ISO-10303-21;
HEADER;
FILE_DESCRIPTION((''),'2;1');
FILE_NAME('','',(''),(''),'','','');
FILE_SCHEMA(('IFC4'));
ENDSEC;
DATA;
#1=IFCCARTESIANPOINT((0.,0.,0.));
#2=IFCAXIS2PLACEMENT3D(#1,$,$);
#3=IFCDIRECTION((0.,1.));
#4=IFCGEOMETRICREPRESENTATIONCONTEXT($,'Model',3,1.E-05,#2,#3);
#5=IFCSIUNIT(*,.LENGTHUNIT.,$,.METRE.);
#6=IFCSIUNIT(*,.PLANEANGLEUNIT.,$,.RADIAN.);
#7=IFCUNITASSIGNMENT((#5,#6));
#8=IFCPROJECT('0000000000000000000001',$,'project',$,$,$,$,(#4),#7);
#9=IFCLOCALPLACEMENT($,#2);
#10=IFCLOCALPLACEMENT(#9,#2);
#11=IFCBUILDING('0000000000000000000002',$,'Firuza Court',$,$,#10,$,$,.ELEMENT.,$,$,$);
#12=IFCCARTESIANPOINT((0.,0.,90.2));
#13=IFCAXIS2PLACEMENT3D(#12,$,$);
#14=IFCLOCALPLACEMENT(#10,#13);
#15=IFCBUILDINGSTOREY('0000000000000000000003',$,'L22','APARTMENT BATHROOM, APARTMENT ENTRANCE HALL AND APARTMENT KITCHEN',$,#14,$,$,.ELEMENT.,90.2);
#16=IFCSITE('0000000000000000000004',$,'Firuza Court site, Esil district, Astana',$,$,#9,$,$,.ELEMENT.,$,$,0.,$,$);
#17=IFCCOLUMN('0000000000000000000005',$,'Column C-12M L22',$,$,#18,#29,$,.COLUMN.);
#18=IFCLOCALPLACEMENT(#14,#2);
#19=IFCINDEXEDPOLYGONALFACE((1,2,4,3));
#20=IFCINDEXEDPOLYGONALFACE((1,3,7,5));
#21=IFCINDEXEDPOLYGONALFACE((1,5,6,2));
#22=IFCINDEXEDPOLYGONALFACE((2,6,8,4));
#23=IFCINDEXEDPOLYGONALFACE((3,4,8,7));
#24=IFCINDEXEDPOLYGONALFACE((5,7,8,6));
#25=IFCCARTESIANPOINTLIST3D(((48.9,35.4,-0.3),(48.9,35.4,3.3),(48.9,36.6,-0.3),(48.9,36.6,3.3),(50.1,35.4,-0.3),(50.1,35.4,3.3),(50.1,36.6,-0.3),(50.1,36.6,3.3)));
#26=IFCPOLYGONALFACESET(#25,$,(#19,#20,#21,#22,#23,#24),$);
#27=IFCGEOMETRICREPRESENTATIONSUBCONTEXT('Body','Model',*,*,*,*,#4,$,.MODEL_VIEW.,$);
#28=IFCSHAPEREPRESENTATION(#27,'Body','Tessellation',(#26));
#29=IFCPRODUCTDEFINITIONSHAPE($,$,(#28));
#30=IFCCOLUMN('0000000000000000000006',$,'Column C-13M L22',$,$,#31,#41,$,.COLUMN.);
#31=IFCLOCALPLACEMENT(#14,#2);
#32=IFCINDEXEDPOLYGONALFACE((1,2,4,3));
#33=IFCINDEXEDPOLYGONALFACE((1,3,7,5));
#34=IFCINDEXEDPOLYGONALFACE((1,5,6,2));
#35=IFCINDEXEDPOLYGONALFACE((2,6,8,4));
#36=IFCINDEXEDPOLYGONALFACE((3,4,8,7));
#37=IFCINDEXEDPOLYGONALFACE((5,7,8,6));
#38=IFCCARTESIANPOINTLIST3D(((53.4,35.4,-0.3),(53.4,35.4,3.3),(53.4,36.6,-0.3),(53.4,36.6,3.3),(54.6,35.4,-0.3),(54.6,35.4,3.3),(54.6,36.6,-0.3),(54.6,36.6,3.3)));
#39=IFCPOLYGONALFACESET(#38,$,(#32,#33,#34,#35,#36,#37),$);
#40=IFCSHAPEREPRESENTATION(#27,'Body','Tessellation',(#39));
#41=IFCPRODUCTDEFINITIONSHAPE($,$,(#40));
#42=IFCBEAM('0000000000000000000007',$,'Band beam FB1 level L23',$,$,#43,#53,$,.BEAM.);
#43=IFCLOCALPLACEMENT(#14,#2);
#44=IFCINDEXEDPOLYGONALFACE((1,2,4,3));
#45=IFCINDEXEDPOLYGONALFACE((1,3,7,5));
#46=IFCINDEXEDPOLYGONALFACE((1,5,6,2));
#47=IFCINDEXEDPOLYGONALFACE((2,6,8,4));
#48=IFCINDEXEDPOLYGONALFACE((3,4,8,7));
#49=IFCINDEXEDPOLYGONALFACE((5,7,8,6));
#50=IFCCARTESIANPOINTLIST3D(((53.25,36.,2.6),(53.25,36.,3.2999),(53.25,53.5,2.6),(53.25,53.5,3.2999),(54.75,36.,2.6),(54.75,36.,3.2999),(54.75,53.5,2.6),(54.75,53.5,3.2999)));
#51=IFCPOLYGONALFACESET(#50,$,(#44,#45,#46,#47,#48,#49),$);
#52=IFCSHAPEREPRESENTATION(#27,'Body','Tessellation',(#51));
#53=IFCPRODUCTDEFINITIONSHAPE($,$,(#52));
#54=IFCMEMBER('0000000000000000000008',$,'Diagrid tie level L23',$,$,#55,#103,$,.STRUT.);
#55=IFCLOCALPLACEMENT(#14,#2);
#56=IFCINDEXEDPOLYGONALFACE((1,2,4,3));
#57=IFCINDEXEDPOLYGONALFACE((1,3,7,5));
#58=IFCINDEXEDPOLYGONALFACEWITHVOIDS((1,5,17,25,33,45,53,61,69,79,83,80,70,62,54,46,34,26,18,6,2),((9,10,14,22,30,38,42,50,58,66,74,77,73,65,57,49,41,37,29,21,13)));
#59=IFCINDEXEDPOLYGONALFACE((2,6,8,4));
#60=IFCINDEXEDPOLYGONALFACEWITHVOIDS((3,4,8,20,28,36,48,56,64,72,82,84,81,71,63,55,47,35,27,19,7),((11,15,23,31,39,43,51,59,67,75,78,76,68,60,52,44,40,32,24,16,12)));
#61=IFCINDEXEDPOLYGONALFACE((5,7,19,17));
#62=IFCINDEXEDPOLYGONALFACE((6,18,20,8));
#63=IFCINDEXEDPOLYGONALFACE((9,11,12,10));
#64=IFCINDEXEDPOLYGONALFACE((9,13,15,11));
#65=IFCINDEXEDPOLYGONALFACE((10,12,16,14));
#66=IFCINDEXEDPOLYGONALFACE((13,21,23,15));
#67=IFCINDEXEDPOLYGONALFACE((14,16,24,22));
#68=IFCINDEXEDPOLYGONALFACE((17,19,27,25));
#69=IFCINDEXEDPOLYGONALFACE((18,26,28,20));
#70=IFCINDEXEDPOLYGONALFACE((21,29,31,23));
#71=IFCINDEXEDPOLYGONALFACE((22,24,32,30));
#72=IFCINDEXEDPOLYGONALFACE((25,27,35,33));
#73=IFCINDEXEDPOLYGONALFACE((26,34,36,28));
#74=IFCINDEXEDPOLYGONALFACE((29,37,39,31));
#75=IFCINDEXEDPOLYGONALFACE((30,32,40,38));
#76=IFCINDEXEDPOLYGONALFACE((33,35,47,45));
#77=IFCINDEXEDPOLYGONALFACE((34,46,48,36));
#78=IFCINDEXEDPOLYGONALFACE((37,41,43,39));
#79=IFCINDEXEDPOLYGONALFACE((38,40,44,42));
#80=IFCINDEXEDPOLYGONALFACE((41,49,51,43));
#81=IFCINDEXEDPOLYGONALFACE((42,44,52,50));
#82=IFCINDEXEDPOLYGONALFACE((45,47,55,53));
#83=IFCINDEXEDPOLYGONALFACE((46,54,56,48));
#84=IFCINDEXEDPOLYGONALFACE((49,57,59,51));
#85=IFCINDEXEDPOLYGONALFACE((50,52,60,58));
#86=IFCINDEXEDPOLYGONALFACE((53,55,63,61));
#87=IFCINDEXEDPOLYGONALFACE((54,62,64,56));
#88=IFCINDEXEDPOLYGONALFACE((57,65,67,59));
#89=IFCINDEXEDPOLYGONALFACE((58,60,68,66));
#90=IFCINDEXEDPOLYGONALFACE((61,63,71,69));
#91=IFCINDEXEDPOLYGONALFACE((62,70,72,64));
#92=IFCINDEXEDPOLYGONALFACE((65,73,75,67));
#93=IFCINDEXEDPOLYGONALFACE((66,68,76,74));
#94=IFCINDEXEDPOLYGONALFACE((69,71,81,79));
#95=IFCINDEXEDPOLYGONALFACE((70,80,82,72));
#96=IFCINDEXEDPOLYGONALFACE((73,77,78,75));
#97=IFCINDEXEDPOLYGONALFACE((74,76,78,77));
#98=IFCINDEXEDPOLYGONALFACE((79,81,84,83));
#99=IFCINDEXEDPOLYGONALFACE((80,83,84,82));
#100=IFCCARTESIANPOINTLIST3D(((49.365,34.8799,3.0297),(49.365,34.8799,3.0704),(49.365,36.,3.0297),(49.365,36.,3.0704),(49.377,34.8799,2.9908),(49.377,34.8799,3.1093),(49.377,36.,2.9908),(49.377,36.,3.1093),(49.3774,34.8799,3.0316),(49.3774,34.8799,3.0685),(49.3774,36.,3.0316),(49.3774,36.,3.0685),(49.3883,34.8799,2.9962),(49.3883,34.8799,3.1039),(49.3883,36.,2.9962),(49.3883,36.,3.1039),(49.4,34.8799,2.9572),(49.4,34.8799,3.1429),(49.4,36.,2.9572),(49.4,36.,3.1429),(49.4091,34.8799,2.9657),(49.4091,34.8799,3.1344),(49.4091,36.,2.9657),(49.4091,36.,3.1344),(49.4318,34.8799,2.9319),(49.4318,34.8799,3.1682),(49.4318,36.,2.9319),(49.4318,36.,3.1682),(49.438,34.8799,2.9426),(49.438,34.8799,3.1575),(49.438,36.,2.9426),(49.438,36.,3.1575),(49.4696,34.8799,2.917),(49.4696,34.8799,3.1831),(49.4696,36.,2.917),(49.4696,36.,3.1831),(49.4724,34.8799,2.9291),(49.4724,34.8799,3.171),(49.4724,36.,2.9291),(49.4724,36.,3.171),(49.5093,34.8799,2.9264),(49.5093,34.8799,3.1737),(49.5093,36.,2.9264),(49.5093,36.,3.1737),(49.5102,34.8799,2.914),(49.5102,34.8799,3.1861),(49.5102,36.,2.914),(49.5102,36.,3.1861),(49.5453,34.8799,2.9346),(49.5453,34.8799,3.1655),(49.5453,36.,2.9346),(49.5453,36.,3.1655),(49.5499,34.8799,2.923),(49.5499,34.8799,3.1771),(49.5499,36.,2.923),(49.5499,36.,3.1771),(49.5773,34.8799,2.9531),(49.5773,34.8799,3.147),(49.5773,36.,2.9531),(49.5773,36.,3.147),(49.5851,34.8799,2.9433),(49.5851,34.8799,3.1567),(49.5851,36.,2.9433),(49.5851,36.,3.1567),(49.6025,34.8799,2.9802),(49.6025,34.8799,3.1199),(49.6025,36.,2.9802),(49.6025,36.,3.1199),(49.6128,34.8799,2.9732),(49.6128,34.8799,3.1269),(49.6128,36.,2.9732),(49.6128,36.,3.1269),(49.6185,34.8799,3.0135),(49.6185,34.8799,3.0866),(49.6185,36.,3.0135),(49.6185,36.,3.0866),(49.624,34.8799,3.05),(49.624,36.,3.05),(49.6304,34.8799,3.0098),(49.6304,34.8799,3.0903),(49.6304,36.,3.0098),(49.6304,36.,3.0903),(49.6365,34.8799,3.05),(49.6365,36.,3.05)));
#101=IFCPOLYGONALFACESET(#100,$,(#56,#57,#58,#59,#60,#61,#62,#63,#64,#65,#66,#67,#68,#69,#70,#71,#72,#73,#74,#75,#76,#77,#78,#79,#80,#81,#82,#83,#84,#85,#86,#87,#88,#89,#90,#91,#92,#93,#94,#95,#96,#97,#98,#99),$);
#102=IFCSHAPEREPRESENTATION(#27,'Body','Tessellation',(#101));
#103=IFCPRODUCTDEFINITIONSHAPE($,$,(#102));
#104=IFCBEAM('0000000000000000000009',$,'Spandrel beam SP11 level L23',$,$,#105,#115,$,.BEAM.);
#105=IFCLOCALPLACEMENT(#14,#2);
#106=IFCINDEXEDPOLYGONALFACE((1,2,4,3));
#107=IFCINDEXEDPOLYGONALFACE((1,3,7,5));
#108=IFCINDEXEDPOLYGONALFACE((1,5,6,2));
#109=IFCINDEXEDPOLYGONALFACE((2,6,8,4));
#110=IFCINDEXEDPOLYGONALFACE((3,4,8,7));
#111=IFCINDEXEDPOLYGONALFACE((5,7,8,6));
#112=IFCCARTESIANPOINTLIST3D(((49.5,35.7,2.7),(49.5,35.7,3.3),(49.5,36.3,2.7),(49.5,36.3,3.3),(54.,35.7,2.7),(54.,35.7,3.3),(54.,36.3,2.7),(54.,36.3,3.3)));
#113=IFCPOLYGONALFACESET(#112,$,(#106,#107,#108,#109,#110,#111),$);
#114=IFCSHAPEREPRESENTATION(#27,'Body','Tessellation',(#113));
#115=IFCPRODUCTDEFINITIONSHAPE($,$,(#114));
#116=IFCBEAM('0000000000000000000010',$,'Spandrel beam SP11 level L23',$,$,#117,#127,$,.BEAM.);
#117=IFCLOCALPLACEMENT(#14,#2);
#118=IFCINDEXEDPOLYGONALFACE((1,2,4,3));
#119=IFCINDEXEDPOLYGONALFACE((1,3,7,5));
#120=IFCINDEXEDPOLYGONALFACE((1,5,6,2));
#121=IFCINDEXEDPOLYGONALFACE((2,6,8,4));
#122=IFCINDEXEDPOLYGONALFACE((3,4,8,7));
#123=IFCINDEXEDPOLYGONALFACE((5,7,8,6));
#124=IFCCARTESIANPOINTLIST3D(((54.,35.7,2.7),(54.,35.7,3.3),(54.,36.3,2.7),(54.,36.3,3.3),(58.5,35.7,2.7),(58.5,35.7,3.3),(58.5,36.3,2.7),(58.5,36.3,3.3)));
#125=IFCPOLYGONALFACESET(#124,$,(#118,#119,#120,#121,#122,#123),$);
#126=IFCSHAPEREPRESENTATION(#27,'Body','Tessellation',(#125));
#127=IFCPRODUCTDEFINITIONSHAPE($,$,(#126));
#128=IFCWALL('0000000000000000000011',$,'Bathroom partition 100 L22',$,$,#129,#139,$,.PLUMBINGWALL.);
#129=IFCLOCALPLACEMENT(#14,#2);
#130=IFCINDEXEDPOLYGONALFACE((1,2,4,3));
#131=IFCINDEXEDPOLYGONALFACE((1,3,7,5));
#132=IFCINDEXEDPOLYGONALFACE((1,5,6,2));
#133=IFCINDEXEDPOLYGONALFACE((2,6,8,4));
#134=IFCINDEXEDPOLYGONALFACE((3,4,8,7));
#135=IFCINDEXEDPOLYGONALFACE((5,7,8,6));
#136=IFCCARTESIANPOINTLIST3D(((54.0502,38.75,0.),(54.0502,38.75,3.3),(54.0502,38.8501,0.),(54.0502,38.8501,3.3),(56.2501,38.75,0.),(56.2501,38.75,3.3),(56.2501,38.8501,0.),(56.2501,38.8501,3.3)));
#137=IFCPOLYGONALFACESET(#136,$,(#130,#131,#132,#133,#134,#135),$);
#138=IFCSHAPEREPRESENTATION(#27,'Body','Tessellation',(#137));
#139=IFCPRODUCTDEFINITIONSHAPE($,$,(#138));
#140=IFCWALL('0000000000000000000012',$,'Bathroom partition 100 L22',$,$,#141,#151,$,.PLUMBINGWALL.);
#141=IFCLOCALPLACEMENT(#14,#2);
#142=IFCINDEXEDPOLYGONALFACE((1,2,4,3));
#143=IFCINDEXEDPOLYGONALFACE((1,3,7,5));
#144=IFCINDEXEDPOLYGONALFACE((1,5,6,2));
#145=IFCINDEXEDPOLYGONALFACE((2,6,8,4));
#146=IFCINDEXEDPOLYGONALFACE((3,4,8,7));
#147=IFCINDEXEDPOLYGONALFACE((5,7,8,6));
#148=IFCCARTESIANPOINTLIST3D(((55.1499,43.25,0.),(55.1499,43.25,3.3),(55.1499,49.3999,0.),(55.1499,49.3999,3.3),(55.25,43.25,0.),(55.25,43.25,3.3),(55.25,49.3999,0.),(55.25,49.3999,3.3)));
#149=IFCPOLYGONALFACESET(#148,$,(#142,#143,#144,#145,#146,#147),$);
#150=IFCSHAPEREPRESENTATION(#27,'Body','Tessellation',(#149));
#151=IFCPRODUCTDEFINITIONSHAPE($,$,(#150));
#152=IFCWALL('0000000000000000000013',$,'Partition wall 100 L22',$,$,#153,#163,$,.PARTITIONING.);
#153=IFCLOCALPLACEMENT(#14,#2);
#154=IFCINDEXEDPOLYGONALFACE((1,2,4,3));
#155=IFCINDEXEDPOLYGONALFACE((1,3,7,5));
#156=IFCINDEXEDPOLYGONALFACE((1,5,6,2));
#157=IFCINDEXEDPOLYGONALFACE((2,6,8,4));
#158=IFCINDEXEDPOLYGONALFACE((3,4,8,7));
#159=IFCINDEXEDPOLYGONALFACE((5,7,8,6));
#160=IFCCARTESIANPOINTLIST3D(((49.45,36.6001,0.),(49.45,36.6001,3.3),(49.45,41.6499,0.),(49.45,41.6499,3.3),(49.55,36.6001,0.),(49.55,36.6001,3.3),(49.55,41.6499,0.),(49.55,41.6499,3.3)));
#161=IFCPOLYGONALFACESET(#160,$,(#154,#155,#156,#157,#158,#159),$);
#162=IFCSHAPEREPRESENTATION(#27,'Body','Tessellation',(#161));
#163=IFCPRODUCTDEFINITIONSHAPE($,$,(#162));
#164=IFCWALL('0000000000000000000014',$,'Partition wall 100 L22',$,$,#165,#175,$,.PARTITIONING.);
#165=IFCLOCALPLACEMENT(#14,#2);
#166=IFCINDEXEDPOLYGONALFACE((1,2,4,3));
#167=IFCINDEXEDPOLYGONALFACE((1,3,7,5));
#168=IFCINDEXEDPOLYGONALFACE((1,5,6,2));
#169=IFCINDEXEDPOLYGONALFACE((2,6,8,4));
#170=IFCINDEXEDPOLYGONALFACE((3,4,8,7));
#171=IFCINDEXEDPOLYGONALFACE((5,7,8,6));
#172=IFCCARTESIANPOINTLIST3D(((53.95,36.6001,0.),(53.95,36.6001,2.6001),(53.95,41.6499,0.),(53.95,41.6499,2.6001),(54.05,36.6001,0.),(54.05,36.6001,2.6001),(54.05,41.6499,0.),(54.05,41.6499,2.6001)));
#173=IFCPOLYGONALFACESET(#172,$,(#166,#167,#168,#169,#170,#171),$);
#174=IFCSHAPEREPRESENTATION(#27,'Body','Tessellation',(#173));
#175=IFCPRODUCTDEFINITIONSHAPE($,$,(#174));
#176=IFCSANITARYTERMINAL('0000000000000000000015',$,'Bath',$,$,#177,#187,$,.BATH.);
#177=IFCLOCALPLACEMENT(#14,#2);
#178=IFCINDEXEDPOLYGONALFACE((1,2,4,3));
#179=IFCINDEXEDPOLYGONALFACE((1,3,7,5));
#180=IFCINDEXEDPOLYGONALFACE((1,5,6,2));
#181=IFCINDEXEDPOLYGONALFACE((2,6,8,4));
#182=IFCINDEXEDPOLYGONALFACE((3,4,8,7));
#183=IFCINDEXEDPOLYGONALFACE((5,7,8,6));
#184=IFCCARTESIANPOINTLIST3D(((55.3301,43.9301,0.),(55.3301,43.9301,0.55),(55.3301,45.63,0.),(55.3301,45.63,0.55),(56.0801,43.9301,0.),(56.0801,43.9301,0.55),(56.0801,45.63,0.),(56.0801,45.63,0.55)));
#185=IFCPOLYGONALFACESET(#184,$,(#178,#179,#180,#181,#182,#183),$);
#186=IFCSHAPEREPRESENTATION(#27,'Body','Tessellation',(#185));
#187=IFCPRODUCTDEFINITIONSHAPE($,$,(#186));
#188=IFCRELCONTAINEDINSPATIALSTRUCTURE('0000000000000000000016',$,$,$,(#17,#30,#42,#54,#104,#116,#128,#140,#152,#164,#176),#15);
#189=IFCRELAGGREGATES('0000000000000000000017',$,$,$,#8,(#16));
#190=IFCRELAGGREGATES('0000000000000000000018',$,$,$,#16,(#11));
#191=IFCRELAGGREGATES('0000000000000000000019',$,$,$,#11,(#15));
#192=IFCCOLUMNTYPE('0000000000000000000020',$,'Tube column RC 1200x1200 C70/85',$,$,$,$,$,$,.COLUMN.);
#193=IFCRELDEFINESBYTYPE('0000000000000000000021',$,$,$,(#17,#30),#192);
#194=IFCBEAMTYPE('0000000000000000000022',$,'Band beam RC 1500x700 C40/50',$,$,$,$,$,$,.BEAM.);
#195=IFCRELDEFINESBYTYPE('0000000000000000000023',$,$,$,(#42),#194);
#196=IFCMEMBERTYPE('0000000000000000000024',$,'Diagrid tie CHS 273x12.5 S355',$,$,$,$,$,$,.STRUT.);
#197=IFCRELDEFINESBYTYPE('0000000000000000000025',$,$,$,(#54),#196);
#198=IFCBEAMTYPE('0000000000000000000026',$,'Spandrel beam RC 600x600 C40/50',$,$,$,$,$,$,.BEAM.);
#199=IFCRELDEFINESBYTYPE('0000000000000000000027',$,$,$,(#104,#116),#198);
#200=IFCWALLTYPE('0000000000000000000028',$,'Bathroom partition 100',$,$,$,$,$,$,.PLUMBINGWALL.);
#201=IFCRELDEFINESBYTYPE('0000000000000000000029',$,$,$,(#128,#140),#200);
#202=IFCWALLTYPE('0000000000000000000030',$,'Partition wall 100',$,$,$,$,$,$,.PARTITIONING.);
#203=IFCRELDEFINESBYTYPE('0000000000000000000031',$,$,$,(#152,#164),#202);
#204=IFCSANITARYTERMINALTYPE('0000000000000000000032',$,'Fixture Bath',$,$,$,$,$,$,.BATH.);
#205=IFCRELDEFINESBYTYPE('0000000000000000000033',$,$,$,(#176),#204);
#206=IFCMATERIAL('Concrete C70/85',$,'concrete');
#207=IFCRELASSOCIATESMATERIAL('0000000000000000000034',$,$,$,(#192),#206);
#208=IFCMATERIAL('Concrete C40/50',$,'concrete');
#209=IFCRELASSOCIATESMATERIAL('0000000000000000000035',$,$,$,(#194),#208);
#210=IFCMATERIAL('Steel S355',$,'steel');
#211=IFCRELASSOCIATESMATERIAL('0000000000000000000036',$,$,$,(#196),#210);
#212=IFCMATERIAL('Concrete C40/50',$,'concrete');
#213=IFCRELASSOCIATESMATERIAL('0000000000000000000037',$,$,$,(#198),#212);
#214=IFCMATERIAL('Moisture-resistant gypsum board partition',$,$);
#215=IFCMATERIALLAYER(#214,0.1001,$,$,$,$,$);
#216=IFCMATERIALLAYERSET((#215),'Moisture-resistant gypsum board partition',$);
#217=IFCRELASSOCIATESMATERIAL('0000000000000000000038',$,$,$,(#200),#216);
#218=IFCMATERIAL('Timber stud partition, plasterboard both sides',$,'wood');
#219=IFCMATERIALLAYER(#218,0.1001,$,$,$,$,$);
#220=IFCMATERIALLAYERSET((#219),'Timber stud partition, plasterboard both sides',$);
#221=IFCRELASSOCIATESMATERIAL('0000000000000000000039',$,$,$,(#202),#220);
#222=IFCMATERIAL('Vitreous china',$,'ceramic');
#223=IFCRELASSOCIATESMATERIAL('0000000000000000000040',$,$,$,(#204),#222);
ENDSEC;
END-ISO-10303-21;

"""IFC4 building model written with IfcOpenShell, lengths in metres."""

from ifc_helpers import new_model, si_unit, direction, frame, frame_2d, origin, origin_2d, place, context, subcontext, project, spatial, rectangle, hollow_circle, extrude, material, layer, layer_set, material_profile, profile_set, type_object, element, save


model = new_model("IFC4")

# Units and contexts
model_context = context("Model", 3, precision=1e-05, world=origin(), true_north=direction((0.0, 1.0)))
body_context = subcontext(model_context, "Body", "Model", "MODEL_VIEW")
ifc_project = project(units=[si_unit("LENGTHUNIT", "METRE"), si_unit("PLANEANGLEUNIT", "RADIAN")], contexts=[model_context])

# Site, building, storey
site_placement = place(None, origin())
site = spatial("IfcSite", under=ifc_project, at=site_placement, Name="Firuza Court site, Esil district, Astana", CompositionType="ELEMENT", RefElevation=0.0)
building_placement = place(site_placement, origin())
building = spatial("IfcBuilding", under=site, at=building_placement, Name="Firuza Court", CompositionType="ELEMENT")
storey_placement = place(building_placement, frame((0.0, 0.0, 90.2)))
storey = spatial("IfcBuildingStorey", under=building, at=storey_placement, Name="L22", Description="APARTMENT BATHROOM, APARTMENT ENTRANCE HALL AND APARTMENT KITCHEN", CompositionType="ELEMENT", Elevation=90.2)

# Columns
ifc_material_1 = material(Name="Concrete C70/85", Category="concrete")
ifc_material_profile_1 = material_profile(ifc_material_1, rectangle(XDim=1.2, YDim=1.2, at=origin_2d()), Name="RC 1200x1200")
ifc_profile_set_1 = profile_set([ifc_material_profile_1], Name="Concrete C70/85")
column_type = type_object("IfcColumnType", Name="Tube column RC 1200x1200 C70/85", PredefinedType="COLUMN", material=ifc_profile_set_1)
for number, where, z_axis, x_axis, name in (
    (1, (49.5, 36.0, -0.3), (0.0, 0.0, 1.0), (1.0, 0.0, 0.0), "Column C-12M L22"),
    (2, (54.0, 36.0, -0.3), (0.0, 0.0, 1.0), (1.0, 0.0, 0.0), "Column C-13M L22"),
):
    element("IfcColumn", number, at=place(storey_placement, frame(where, z_axis=z_axis, x_axis=x_axis)), inside=storey, type_object=column_type, Name=name, PredefinedType="COLUMN", context=body_context, shape_type="SweptSolid", body=[
        extrude(rectangle(XDim=1.2, YDim=1.2, at=origin_2d()), origin(), (0.0, 0.0, 1.0), 3.6001),
    ])

# Beam
ifc_material_2 = material(Name="Concrete C40/50", Category="concrete")
ifc_material_profile_2 = material_profile(ifc_material_2, rectangle(XDim=1.5, YDim=0.7, at=origin_2d()), Name="RC 1500x700")
ifc_profile_set_2 = profile_set([ifc_material_profile_2], Name="Concrete C40/50")
beam_type_1 = type_object("IfcBeamType", Name="Band beam RC 1500x700 C40/50", PredefinedType="BEAM", material=ifc_profile_set_2)
beam_placement = place(storey_placement, frame((54.0, 36.0, 2.95), z_axis=(0.0, 1.0, 0.0), x_axis=(-1.0, 0.0, 0.0)))
element("IfcBeam", 3, at=beam_placement, inside=storey, type_object=beam_type_1, Name="Band beam FB1 level L23", PredefinedType="BEAM", context=body_context, shape_type="SweptSolid", body=[
    extrude(rectangle(XDim=1.5, YDim=0.7, at=origin_2d()), origin(), (0.0, 0.0, 1.0), 17.5),
])

# Member
ifc_material_3 = material(Name="Steel S355", Category="steel")
ifc_material_profile_3 = material_profile(ifc_material_3, hollow_circle(Radius=0.1365, WallThickness=0.0125, at=origin_2d()), Name="CHS 273x12.5")
ifc_profile_set_3 = profile_set([ifc_material_profile_3], Name="Steel S355")
member_type = type_object("IfcMemberType", Name="Diagrid tie CHS 273x12.5 S355", PredefinedType="STRUT", material=ifc_profile_set_3)
member_placement = place(storey_placement, frame((49.5, 36.0, 3.05), z_axis=(0.0, -1.0, 0.0), x_axis=(1.0, 0.0, 0.0)))
element("IfcMember", 4, at=member_placement, inside=storey, type_object=member_type, Name="Diagrid tie level L23", PredefinedType="STRUT", context=body_context, shape_type="SweptSolid", body=[
    extrude(hollow_circle(Radius=0.1365, WallThickness=0.0125, at=origin_2d()), origin(), (0.0, 0.0, 1.0), 1.1201),
])

# Beams
ifc_material_4 = material(Name="Concrete C40/50", Category="concrete")
ifc_material_profile_4 = material_profile(ifc_material_4, rectangle(XDim=0.6001, YDim=0.6001, at=origin_2d()), Name="RC 600x600")
ifc_profile_set_4 = profile_set([ifc_material_profile_4], Name="Concrete C40/50")
beam_type_2 = type_object("IfcBeamType", Name="Spandrel beam RC 600x600 C40/50", PredefinedType="BEAM", material=ifc_profile_set_4)
for number, where, z_axis, x_axis, name in (
    (5, (49.5, 36.0, 3.0), (1.0, 0.0, 0.0), (0.0, 1.0, 0.0), "Spandrel beam SP11 level L23"),
    (6, (54.0, 36.0, 3.0), (1.0, 0.0, 0.0), (0.0, 1.0, 0.0), "Spandrel beam SP11 level L23"),
):
    element("IfcBeam", number, at=place(storey_placement, frame(where, z_axis=z_axis, x_axis=x_axis)), inside=storey, type_object=beam_type_2, Name=name, PredefinedType="BEAM", context=body_context, shape_type="SweptSolid", body=[
        extrude(rectangle(XDim=0.6001, YDim=0.6001, at=origin_2d()), origin(), (0.0, 0.0, 1.0), 4.5),
    ])

# Walls
ifc_material_5 = material(Name="Moisture-resistant gypsum board partition")
ifc_layer_1 = layer(ifc_material_5, 0.1001)
ifc_layer_set_1 = layer_set([ifc_layer_1], Name="Moisture-resistant gypsum board partition")
wall_type_1 = type_object("IfcWallType", Name="Bathroom partition 100", PredefinedType="PLUMBINGWALL", material=ifc_layer_set_1)
wall_1_placement = place(storey_placement, frame((54.05, 38.8, 0.0), z_axis=(0.0, 0.0, 1.0), x_axis=(1.0, 0.0, 0.0)))
element("IfcWall", 7, at=wall_1_placement, inside=storey, type_object=wall_type_1, Name="Bathroom partition 100 L22", PredefinedType="PLUMBINGWALL", context=body_context, shape_type="SweptSolid", body=[
    extrude(rectangle(XDim=2.2, YDim=0.1001, at=frame_2d((1.1001, 0.0))), origin(), (0.0, 0.0, 1.0), 3.3),
])
wall_2_placement = place(storey_placement, frame((55.2, 43.25, 0.0), z_axis=(0.0, 0.0, 1.0), x_axis=(0.0, 1.0, 0.0)))
element("IfcWall", 8, at=wall_2_placement, inside=storey, type_object=wall_type_1, Name="Bathroom partition 100 L22", PredefinedType="PLUMBINGWALL", context=body_context, shape_type="SweptSolid", body=[
    extrude(rectangle(XDim=6.1499, YDim=0.1001, at=frame_2d((3.075, 0.0))), origin(), (0.0, 0.0, 1.0), 3.3),
])
ifc_material_6 = material(Name="Timber stud partition, plasterboard both sides", Category="wood")
ifc_layer_2 = layer(ifc_material_6, 0.1001)
ifc_layer_set_2 = layer_set([ifc_layer_2], Name="Timber stud partition, plasterboard both sides")
wall_type_2 = type_object("IfcWallType", Name="Partition wall 100", PredefinedType="PARTITIONING", material=ifc_layer_set_2)
wall_3_placement = place(storey_placement, frame((49.5, 36.6001, 0.0), z_axis=(0.0, 0.0, 1.0), x_axis=(0.0, 1.0, 0.0)))
element("IfcWall", 9, at=wall_3_placement, inside=storey, type_object=wall_type_2, Name="Partition wall 100 L22", PredefinedType="PARTITIONING", context=body_context, shape_type="SweptSolid", body=[
    extrude(rectangle(XDim=5.0498, YDim=0.1001, at=frame_2d((2.5249, 0.0))), origin(), (0.0, 0.0, 1.0), 3.3),
])
wall_4_placement = place(storey_placement, frame((54.0, 36.6001, 0.0), z_axis=(0.0, 0.0, 1.0), x_axis=(0.0, 1.0, 0.0)))
element("IfcWall", 10, at=wall_4_placement, inside=storey, type_object=wall_type_2, Name="Partition wall 100 L22", PredefinedType="PARTITIONING", context=body_context, shape_type="SweptSolid", body=[
    extrude(rectangle(XDim=5.0498, YDim=0.1001, at=frame_2d((2.5249, 0.0))), origin(), (0.0, 0.0, 1.0), 2.6001),
])

# Sanitary terminal
ifc_material_7 = material(Name="Vitreous china", Category="ceramic")
sanitary_terminal_type_1 = type_object("IfcSanitaryTerminalType", Name="Fixture Bath", PredefinedType="BATH", material=ifc_material_7)
for number, where, z_axis, x_axis, name in (
    (11, (55.7051, 44.78, 0.0), (0.0, 0.0, 1.0), (1.0, 0.0, 0.0), "Bath"),
):
    element("IfcSanitaryTerminal", number, at=place(storey_placement, frame(where, z_axis=z_axis, x_axis=x_axis)), inside=storey, type_object=sanitary_terminal_type_1, Name=name, PredefinedType="BATH", context=body_context, shape_type="SweptSolid", body=[
        extrude(rectangle(XDim=0.75, YDim=1.7, at=origin_2d()), origin(), (0.0, 0.0, 1.0), 0.55),
    ])

save(model, "model.ifc")
